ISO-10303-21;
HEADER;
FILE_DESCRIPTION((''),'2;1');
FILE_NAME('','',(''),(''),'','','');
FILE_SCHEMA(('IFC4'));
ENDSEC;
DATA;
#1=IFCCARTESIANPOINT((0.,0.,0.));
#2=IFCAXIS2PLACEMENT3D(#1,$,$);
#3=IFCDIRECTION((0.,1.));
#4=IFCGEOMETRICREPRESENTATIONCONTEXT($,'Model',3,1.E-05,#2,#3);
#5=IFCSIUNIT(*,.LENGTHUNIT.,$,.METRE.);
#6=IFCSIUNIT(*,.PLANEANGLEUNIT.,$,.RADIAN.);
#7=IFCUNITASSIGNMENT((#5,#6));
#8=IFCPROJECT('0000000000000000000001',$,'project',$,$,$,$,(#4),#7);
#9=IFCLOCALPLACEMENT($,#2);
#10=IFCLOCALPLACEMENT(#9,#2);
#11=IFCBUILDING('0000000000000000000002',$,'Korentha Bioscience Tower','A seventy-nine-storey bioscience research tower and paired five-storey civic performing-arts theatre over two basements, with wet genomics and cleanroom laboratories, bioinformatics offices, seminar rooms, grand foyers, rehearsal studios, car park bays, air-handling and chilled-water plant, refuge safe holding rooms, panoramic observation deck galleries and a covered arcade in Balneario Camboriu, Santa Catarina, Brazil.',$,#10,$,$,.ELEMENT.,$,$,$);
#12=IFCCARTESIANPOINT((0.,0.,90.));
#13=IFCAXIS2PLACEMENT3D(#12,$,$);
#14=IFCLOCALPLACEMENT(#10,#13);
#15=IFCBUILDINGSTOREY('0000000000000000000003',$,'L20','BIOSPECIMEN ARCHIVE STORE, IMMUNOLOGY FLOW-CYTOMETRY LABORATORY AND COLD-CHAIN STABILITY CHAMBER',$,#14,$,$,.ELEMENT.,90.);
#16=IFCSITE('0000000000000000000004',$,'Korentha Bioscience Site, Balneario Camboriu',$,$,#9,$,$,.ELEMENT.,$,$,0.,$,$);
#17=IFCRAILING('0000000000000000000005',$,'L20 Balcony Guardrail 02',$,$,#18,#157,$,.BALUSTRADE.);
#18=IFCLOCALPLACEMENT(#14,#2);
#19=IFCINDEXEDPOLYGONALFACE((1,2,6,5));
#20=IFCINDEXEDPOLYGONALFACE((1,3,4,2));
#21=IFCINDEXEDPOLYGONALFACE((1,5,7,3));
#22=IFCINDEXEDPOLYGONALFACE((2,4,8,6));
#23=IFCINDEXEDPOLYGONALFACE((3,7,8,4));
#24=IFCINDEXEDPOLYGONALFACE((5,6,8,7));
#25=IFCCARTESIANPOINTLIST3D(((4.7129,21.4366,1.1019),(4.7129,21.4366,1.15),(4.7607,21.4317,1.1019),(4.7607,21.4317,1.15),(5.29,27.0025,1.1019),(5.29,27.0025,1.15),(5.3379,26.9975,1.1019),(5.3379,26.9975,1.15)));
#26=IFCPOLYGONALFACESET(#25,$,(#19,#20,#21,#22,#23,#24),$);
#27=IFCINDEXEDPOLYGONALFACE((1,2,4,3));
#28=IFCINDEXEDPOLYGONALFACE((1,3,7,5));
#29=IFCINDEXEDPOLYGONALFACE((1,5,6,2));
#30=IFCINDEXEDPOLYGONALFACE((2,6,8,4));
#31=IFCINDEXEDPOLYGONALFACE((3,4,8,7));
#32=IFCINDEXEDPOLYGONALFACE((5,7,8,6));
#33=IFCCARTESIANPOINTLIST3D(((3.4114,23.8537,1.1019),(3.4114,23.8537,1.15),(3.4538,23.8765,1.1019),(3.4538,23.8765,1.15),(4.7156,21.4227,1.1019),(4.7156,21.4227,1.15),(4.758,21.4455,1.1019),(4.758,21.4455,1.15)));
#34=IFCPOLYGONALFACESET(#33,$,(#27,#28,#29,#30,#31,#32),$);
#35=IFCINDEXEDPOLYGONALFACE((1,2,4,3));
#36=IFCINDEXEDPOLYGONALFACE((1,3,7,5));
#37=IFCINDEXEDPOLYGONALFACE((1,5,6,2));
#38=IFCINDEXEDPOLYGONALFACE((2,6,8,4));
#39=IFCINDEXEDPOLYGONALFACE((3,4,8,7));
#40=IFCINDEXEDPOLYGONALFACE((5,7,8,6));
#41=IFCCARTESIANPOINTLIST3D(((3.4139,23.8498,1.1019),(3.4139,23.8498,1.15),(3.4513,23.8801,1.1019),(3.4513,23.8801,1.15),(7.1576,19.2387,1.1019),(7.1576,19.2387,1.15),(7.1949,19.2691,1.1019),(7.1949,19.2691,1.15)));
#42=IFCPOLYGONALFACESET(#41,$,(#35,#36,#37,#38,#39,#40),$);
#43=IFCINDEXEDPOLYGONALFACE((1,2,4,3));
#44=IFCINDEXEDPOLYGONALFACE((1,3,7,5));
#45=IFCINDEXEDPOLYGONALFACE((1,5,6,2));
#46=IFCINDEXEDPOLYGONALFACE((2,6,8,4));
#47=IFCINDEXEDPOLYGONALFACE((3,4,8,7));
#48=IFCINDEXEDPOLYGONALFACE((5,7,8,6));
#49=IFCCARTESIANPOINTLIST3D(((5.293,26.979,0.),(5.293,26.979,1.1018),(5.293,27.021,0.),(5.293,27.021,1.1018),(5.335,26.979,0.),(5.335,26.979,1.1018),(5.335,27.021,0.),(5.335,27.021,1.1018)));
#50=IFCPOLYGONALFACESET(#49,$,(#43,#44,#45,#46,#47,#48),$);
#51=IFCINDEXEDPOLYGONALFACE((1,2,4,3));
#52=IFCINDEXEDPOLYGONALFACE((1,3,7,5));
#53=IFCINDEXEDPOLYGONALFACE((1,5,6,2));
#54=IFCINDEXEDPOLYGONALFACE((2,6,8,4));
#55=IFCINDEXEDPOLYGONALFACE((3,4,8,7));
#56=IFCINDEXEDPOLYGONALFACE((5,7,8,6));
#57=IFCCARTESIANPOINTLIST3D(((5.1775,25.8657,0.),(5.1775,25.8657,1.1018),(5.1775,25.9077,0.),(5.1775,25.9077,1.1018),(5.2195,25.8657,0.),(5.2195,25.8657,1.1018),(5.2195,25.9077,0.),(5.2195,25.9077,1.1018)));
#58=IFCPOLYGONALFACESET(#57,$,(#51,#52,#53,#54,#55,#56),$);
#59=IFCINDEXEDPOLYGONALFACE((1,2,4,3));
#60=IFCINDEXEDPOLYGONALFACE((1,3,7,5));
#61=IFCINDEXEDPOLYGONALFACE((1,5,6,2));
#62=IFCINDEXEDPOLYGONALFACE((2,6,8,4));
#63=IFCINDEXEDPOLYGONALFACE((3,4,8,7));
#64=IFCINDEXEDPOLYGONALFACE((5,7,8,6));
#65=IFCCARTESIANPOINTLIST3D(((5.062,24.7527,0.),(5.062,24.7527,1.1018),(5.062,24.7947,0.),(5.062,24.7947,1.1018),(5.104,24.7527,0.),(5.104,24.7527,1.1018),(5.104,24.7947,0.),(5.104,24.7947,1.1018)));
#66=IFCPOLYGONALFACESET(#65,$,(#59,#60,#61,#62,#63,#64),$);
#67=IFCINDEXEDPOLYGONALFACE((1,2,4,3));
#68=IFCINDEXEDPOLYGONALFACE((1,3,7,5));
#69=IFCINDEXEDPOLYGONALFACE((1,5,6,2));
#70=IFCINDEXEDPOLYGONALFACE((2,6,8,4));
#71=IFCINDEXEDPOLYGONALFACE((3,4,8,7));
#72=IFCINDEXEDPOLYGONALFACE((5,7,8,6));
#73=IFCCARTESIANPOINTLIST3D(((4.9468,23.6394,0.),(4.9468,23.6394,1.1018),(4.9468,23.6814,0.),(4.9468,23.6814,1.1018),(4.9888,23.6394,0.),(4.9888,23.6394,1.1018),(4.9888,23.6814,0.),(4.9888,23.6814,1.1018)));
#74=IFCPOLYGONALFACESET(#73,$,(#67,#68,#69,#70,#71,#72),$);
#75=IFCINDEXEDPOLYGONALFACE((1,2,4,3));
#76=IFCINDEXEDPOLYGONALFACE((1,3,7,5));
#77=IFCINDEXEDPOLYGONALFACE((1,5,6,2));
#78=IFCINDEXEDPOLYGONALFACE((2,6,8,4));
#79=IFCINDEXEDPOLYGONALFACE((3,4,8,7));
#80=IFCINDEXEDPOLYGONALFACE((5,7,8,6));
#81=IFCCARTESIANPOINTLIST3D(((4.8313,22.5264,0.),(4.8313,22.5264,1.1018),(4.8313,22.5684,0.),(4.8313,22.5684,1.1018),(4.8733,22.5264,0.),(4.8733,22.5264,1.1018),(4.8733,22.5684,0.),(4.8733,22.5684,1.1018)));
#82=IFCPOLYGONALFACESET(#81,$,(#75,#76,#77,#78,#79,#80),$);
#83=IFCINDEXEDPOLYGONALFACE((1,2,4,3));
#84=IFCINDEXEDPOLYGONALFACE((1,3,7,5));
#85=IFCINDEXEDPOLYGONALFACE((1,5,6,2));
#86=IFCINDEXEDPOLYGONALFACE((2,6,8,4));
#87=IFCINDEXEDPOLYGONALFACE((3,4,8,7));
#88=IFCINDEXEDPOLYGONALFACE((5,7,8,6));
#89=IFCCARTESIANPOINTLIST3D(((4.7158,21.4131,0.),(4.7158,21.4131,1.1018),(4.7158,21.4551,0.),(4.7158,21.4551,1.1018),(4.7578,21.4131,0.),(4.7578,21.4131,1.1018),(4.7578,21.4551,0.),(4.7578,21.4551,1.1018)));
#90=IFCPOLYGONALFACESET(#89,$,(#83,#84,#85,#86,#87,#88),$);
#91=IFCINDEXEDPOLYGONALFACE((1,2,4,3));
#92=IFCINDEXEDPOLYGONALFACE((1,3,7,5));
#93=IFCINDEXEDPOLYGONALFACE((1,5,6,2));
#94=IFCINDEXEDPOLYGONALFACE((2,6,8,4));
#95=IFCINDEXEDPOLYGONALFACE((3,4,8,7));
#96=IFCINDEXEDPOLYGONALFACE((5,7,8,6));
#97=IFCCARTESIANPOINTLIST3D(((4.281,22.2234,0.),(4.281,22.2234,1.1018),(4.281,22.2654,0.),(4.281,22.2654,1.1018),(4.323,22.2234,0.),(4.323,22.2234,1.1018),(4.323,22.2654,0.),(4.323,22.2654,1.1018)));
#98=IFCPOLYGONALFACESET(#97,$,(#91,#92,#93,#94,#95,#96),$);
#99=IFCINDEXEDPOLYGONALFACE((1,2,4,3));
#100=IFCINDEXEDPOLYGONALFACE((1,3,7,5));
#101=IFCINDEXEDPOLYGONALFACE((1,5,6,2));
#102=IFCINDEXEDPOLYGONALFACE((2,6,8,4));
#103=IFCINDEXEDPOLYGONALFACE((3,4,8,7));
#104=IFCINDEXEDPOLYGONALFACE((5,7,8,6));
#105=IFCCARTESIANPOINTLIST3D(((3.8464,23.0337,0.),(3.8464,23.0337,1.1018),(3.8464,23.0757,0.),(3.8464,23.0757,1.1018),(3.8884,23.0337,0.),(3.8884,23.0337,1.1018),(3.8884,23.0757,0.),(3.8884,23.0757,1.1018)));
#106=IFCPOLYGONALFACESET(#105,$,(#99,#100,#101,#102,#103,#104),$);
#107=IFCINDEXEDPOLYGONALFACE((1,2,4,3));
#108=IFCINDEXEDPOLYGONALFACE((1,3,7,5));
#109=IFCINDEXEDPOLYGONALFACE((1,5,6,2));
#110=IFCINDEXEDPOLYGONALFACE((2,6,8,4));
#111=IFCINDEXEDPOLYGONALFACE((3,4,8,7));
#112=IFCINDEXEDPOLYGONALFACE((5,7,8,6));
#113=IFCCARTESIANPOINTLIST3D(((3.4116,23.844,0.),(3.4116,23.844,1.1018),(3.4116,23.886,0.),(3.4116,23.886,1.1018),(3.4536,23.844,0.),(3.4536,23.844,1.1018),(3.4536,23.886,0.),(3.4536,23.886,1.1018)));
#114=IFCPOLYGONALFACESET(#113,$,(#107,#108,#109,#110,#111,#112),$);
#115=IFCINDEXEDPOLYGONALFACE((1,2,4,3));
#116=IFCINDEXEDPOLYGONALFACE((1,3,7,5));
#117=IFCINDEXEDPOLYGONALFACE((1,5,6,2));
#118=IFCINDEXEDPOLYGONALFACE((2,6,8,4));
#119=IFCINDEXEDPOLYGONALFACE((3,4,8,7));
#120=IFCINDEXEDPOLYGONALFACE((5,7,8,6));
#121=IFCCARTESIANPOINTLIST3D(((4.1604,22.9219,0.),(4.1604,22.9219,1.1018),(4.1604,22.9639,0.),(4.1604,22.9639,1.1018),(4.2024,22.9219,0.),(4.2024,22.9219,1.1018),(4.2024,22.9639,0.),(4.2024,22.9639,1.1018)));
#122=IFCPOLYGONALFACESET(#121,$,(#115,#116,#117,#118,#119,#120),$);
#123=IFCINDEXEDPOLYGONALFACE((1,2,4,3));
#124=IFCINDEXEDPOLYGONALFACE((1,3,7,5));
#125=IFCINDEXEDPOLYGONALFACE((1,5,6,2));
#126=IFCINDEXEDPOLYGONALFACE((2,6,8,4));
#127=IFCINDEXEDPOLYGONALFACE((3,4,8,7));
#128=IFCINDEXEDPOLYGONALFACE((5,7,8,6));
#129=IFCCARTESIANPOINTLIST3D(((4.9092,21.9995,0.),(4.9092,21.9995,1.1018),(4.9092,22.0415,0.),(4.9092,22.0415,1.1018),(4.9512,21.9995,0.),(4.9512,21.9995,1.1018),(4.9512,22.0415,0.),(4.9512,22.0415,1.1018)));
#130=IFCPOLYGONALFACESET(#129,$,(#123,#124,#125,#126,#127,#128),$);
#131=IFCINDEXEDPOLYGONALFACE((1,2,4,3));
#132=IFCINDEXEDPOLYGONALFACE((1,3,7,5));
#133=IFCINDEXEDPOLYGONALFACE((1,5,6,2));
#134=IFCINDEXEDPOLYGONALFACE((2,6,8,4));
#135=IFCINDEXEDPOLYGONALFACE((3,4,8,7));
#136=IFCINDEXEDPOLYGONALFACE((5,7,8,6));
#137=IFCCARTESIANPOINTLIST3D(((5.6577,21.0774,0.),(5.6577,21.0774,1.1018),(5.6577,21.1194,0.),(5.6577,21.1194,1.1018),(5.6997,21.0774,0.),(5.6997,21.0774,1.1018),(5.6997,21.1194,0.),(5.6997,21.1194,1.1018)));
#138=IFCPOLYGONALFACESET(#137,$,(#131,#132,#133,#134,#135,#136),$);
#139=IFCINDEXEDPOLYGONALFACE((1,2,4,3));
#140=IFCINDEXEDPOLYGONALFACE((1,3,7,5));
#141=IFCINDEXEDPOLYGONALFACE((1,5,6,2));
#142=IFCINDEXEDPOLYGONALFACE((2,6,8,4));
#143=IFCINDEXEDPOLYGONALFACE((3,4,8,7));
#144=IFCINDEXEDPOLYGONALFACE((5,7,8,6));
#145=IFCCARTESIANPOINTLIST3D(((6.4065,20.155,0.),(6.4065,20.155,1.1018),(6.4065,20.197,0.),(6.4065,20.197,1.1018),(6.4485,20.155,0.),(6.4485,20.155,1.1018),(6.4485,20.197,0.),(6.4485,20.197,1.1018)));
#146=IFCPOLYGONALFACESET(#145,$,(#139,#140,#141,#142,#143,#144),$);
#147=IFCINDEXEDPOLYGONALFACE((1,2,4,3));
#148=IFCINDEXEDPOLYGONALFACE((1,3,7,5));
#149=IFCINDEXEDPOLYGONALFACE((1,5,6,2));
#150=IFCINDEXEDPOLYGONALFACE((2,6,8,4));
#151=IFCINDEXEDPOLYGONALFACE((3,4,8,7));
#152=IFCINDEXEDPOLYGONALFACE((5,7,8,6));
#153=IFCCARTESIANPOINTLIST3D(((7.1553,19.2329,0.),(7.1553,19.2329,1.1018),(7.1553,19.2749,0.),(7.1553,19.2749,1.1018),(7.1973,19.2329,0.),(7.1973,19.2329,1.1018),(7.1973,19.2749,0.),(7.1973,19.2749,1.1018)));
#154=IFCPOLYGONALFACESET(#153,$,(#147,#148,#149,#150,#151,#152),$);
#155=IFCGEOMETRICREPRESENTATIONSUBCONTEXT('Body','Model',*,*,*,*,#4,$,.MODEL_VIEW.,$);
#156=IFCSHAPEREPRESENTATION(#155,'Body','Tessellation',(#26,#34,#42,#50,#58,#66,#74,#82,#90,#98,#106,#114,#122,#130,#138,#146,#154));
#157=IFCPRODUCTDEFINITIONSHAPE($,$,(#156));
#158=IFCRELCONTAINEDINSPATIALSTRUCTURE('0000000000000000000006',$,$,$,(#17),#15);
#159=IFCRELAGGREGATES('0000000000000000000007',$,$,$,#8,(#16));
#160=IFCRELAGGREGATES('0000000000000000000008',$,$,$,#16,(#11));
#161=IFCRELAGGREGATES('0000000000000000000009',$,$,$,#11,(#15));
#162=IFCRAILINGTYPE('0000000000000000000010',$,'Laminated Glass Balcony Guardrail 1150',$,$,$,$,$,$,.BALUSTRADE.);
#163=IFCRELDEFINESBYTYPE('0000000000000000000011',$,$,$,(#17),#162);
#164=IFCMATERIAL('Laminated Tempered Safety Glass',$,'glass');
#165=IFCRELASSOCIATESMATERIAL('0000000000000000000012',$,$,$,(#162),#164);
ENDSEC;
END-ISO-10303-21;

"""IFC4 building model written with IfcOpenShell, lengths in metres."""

from ifc_helpers import new_model, si_unit, direction, frame, origin, origin_2d, place, context, subcontext, project, spatial, rectangle, extrude, material, type_object, element, save


model = new_model("IFC4")

# Units and contexts
model_context = context("Model", 3, precision=1e-05, world=origin(), true_north=direction((0.0, 1.0)))
body_context = subcontext(model_context, "Body", "Model", "MODEL_VIEW")
ifc_project = project(units=[si_unit("LENGTHUNIT", "METRE"), si_unit("PLANEANGLEUNIT", "RADIAN")], contexts=[model_context])

# Site, building, storey
site_placement = place(None, origin())
site = spatial("IfcSite", under=ifc_project, at=site_placement, Name="Korentha Bioscience Site, Balneario Camboriu", CompositionType="ELEMENT", RefElevation=0.0)
building_placement = place(site_placement, origin())
building = spatial("IfcBuilding", under=site, at=building_placement, Name="Korentha Bioscience Tower", Description="A seventy-nine-storey bioscience research tower and paired five-storey civic performing-arts theatre over two basements, with wet genomics and cleanroom laboratories, bioinformatics offices, seminar rooms, grand foyers, rehearsal studios, car park bays, air-handling and chilled-water plant, refuge safe holding rooms, panoramic observation deck galleries and a covered arcade in Balneario Camboriu, Santa Catarina, Brazil.", CompositionType="ELEMENT")
storey_placement = place(building_placement, frame((0.0, 0.0, 90.0)))
storey = spatial("IfcBuildingStorey", under=building, at=storey_placement, Name="L20", Description="BIOSPECIMEN ARCHIVE STORE, IMMUNOLOGY FLOW-CYTOMETRY LABORATORY AND COLD-CHAIN STABILITY CHAMBER", CompositionType="ELEMENT", Elevation=90.0)

# Railing
ifc_material_1 = material(Name="Laminated Tempered Safety Glass", Category="glass")
railing_type = type_object("IfcRailingType", Name="Laminated Glass Balcony Guardrail 1150", PredefinedType="BALUSTRADE", material=ifc_material_1)
railing_placement = place(storey_placement, frame((5.314, 27.0, 0.0)))
element("IfcRailing", 1, at=railing_placement, inside=storey, type_object=railing_type, Name="L20 Balcony Guardrail 02", PredefinedType="BALUSTRADE", context=body_context, shape_type="SweptSolid", body=[
    extrude(rectangle(XDim=0.0481, YDim=0.0481, at=origin_2d()), frame((0.0, 0.0, 1.126), z_axis=(-0.10314, -0.994667, 0.0), x_axis=(0.994667, -0.10314, 0.0)), (0.0, 0.0, 1.0), 5.5957),
    extrude(rectangle(XDim=0.0481, YDim=0.0481, at=origin_2d()), frame((-0.5771, -5.5659, 1.126), z_axis=(-0.472764, 0.881189, 0.0), x_axis=(-0.881189, -0.472764, 0.0)), (0.0, 0.0, 1.0), 2.7588),
    extrude(rectangle(XDim=0.0481, YDim=0.0481, at=origin_2d()), frame((-1.8813, -3.135, 1.126), z_axis=(0.630303, -0.776349, 0.0), x_axis=(0.776349, 0.630303, 0.0)), (0.0, 0.0, 1.0), 5.9395),
    extrude(rectangle(XDim=0.042, YDim=0.042, at=origin_2d()), origin(), (0.0, 0.0, 1.0), 1.1018),
    extrude(rectangle(XDim=0.042, YDim=0.042, at=origin_2d()), frame((-0.1155, -1.1133, 0.0)), (0.0, 0.0, 1.0), 1.1018),
    extrude(rectangle(XDim=0.042, YDim=0.042, at=origin_2d()), frame((-0.231, -2.2263, 0.0)), (0.0, 0.0, 1.0), 1.1018),
    extrude(rectangle(XDim=0.042, YDim=0.042, at=origin_2d()), frame((-0.3462, -3.3396, 0.0)), (0.0, 0.0, 1.0), 1.1018),
    extrude(rectangle(XDim=0.042, YDim=0.042, at=origin_2d()), frame((-0.4617, -4.4526, 0.0)), (0.0, 0.0, 1.0), 1.1018),
    extrude(rectangle(XDim=0.042, YDim=0.042, at=origin_2d()), frame((-0.5771, -5.5659, 0.0)), (0.0, 0.0, 1.0), 1.1018),
    extrude(rectangle(XDim=0.042, YDim=0.042, at=origin_2d()), frame((-1.012, -4.7556, 0.0)), (0.0, 0.0, 1.0), 1.1018),
    extrude(rectangle(XDim=0.042, YDim=0.042, at=origin_2d()), frame((-1.4465, -3.9453, 0.0)), (0.0, 0.0, 1.0), 1.1018),
    extrude(rectangle(XDim=0.042, YDim=0.042, at=origin_2d()), frame((-1.8813, -3.135, 0.0)), (0.0, 0.0, 1.0), 1.1018),
    extrude(rectangle(XDim=0.042, YDim=0.042, at=origin_2d()), frame((-1.1326, -4.0571, 0.0)), (0.0, 0.0, 1.0), 1.1018),
    extrude(rectangle(XDim=0.042, YDim=0.042, at=origin_2d()), frame((-0.3838, -4.9795, 0.0)), (0.0, 0.0, 1.0), 1.1018),
    extrude(rectangle(XDim=0.042, YDim=0.042, at=origin_2d()), frame((0.3647, -5.9016, 0.0)), (0.0, 0.0, 1.0), 1.1018),
    extrude(rectangle(XDim=0.042, YDim=0.042, at=origin_2d()), frame((1.1135, -6.824, 0.0)), (0.0, 0.0, 1.0), 1.1018),
    extrude(rectangle(XDim=0.042, YDim=0.042, at=origin_2d()), frame((1.8623, -7.7461, 0.0)), (0.0, 0.0, 1.0), 1.1018),
])

save(model, "model.ifc")
